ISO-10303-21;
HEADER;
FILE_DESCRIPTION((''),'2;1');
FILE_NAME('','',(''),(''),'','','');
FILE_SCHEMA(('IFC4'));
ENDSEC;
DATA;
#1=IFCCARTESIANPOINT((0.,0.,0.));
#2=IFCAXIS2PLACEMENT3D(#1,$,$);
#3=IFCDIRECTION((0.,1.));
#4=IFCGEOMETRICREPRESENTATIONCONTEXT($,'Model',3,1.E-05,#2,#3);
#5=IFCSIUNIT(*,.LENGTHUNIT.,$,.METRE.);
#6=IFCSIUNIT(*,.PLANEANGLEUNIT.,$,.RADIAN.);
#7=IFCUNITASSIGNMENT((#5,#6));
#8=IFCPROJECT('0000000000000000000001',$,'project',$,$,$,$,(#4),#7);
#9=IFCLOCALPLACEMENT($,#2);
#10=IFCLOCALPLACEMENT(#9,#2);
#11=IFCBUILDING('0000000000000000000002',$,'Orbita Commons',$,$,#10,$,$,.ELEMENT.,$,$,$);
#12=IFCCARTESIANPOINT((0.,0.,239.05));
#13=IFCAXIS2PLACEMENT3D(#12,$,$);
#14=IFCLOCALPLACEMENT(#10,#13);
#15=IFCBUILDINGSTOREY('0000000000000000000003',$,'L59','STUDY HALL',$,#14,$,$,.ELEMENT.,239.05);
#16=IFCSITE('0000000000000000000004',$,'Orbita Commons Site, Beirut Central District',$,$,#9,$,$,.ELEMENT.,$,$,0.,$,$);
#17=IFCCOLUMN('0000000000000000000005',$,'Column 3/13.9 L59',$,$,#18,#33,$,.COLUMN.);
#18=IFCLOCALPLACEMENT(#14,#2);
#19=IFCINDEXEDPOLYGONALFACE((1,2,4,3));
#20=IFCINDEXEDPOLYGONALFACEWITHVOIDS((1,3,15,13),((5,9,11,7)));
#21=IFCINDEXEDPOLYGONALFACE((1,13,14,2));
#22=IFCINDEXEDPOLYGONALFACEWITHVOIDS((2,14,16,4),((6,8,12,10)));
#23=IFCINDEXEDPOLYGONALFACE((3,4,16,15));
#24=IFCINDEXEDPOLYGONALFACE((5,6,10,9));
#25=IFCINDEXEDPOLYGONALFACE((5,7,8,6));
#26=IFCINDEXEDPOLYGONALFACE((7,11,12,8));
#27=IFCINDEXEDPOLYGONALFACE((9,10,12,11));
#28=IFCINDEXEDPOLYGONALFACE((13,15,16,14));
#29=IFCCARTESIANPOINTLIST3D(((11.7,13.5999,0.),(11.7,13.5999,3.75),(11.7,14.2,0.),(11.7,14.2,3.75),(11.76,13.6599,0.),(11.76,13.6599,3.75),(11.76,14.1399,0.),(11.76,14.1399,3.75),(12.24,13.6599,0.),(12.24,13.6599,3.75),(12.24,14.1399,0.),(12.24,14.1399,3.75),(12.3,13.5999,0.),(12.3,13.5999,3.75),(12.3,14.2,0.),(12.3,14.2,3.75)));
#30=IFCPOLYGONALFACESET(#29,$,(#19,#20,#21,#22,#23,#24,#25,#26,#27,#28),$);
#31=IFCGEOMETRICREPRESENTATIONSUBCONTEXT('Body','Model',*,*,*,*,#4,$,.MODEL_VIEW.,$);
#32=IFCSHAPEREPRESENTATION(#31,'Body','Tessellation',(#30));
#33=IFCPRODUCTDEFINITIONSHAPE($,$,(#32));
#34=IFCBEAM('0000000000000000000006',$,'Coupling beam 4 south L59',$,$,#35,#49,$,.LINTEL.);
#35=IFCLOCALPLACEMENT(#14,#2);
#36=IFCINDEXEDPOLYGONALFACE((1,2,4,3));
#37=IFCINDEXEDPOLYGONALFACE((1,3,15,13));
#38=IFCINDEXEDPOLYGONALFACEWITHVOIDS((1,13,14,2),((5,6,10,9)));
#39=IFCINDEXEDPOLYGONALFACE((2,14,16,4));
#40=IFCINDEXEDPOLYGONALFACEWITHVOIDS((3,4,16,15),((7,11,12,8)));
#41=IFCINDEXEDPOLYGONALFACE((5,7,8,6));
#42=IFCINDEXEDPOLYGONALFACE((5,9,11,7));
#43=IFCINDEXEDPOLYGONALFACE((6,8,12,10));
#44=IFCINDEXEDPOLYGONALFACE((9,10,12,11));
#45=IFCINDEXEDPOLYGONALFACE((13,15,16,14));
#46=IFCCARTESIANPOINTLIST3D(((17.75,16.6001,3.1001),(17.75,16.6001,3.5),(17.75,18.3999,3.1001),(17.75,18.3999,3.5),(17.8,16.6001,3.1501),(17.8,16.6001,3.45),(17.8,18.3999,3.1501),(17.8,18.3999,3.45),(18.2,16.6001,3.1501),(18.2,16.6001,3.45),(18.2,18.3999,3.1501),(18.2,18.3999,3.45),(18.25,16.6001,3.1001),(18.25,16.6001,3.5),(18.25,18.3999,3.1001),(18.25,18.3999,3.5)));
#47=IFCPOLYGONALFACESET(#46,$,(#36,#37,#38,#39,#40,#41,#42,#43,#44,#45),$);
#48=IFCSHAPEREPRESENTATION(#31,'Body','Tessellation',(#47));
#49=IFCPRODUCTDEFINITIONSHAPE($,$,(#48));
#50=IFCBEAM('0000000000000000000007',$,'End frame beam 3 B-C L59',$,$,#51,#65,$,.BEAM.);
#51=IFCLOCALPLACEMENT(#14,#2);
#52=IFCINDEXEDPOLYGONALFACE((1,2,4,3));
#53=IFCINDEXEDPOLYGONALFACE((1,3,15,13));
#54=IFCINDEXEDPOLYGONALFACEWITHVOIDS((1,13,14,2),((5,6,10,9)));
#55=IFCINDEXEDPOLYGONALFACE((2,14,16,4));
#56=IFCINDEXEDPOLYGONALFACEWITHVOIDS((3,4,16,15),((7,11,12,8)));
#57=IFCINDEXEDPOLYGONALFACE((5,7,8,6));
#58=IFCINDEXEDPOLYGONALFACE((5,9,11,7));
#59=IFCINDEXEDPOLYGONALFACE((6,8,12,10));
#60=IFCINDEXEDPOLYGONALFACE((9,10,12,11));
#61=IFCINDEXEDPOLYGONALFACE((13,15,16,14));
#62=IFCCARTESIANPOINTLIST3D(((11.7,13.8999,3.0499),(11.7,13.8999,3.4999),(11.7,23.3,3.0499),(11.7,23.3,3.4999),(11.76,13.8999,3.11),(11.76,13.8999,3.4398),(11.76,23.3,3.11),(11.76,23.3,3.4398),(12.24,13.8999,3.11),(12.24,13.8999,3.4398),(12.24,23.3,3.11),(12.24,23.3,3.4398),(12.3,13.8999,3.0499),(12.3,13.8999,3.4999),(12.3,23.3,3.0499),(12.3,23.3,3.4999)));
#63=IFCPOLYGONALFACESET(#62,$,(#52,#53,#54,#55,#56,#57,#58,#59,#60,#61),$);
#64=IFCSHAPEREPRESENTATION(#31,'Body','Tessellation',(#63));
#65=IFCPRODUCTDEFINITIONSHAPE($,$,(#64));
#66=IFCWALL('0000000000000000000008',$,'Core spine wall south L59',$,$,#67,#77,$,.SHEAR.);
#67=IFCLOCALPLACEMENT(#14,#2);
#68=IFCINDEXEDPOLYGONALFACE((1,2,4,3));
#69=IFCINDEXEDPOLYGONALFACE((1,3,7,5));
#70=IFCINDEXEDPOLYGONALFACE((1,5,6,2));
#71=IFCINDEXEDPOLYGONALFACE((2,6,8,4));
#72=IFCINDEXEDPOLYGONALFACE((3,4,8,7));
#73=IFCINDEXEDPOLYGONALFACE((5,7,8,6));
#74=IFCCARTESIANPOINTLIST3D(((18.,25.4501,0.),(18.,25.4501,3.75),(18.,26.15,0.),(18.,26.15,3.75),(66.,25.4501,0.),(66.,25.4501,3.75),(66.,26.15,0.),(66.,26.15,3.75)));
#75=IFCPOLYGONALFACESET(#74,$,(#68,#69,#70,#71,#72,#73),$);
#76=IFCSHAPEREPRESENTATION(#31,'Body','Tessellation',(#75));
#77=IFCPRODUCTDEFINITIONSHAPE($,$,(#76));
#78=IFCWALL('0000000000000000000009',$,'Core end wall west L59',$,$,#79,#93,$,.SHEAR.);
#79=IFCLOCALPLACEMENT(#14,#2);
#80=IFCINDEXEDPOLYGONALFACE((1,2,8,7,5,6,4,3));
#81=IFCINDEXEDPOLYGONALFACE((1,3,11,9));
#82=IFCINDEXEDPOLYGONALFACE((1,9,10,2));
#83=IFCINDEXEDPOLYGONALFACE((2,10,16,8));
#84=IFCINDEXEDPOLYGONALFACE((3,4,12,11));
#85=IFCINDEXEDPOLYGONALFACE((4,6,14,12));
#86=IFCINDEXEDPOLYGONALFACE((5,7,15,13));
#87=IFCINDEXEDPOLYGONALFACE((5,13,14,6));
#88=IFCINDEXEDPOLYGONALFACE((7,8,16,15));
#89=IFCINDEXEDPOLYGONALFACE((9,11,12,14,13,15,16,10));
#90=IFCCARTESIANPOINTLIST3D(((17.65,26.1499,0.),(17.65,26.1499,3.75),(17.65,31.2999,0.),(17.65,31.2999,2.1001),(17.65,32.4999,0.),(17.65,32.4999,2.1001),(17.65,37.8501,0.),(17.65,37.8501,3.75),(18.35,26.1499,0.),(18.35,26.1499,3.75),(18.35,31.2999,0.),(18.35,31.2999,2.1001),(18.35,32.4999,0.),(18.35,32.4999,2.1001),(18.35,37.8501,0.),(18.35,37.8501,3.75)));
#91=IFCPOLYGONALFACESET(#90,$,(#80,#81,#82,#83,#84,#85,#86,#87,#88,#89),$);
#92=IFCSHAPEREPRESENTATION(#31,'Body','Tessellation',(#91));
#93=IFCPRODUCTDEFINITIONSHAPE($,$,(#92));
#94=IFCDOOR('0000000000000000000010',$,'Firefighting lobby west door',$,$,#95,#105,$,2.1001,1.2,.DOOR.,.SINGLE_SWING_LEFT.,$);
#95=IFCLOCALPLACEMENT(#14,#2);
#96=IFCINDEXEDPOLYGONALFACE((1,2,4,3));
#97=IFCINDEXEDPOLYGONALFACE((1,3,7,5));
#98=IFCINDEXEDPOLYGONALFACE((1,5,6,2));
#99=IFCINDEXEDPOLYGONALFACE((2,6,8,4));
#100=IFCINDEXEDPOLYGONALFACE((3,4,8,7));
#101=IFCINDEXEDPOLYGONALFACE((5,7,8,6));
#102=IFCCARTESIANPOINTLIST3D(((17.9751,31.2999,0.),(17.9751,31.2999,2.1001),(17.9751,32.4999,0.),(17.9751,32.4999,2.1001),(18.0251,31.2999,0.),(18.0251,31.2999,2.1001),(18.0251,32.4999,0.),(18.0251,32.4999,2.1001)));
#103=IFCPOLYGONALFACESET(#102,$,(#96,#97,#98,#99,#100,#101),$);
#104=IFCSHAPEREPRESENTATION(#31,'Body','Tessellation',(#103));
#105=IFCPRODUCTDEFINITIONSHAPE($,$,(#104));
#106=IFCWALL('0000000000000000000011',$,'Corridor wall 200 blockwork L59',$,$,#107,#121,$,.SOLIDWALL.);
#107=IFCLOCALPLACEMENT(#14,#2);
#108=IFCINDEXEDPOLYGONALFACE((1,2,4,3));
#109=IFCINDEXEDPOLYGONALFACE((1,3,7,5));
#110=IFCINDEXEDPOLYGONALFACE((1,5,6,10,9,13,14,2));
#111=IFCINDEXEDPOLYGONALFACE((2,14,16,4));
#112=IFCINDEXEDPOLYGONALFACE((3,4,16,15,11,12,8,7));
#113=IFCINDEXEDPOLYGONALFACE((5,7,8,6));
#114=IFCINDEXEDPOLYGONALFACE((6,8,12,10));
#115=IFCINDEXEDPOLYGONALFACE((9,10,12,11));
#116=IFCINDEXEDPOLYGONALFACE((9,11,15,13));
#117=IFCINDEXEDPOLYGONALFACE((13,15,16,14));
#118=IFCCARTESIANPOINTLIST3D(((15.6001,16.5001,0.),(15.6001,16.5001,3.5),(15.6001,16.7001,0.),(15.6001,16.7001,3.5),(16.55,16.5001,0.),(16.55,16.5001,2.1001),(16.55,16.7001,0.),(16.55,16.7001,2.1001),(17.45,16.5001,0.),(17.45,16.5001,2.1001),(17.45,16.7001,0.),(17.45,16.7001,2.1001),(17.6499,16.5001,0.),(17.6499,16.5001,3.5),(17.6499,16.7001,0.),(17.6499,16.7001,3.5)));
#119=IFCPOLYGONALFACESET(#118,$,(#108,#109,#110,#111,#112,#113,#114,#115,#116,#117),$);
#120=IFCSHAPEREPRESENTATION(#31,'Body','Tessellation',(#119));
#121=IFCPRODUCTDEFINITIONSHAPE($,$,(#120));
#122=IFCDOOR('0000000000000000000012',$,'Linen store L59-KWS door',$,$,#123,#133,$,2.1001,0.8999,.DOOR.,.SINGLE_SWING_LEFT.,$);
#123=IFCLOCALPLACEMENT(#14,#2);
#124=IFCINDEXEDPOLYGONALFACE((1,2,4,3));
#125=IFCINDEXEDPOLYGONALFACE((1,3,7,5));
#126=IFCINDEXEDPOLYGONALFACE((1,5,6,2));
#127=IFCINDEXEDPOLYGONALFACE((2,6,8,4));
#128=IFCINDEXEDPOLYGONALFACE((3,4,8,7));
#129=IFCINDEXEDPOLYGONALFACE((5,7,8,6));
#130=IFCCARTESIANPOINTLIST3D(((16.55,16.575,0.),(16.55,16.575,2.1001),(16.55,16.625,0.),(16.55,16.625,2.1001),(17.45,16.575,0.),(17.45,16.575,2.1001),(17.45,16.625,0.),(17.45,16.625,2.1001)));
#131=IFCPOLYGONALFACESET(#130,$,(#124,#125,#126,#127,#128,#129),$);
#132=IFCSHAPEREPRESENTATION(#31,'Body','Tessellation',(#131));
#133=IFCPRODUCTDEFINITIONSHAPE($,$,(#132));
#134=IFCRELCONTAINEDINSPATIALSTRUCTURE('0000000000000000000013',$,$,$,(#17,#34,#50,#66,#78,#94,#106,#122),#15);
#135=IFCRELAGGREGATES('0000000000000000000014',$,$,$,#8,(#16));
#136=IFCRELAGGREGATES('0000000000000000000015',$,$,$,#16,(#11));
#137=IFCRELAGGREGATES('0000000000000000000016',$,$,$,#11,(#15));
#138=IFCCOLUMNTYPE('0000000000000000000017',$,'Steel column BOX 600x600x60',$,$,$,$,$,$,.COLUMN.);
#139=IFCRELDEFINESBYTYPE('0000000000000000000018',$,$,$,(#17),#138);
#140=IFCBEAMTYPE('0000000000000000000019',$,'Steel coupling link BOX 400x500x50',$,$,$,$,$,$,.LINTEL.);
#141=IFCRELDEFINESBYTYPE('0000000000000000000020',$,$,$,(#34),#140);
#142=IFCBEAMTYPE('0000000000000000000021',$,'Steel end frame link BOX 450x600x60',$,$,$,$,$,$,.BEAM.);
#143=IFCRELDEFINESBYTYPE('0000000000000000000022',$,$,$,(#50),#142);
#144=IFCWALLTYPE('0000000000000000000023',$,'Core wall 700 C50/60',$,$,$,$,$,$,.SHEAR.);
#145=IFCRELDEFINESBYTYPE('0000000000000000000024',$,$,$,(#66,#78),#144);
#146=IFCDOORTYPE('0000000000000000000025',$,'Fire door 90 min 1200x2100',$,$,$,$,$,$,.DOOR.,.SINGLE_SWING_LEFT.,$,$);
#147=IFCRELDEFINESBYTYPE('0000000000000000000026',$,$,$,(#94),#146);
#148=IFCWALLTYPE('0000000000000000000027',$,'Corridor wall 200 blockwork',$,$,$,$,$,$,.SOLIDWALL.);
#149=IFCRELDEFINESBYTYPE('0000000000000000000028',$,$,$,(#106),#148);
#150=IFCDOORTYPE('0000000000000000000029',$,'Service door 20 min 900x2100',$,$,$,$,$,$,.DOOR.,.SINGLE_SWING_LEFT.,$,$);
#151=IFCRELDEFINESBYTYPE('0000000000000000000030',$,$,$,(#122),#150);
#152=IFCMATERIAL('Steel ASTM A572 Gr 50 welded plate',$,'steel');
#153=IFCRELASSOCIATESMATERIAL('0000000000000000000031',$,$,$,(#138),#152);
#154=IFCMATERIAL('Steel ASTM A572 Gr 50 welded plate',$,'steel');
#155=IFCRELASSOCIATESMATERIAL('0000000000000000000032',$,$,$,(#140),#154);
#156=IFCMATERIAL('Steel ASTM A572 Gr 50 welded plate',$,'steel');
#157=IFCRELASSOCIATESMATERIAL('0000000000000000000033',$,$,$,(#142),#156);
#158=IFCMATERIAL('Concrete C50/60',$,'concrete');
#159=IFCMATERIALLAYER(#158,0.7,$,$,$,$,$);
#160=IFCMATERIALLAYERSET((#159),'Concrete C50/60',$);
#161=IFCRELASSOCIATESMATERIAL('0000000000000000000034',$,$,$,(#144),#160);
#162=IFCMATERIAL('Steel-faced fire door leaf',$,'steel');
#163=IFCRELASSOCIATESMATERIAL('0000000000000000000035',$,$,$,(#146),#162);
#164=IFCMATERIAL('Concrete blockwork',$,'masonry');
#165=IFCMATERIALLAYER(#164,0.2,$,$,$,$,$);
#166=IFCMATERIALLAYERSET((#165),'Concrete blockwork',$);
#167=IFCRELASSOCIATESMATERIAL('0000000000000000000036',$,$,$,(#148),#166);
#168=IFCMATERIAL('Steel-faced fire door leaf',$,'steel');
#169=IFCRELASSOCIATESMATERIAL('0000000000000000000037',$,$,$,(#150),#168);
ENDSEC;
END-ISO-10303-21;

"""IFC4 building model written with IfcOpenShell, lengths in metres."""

from ifc_helpers import new_model, si_unit, direction, frame, frame_2d, origin, origin_2d, place, context, subcontext, project, spatial, rectangle, hollow_rectangle, extrude, material, layer, layer_set, material_profile, profile_set, type_object, element, fill, save


model = new_model("IFC4")

# Units and contexts
model_context = context("Model", 3, precision=1e-05, world=origin(), true_north=direction((0.0, 1.0)))
body_context = subcontext(model_context, "Body", "Model", "MODEL_VIEW")
ifc_project = project(units=[si_unit("LENGTHUNIT", "METRE"), si_unit("PLANEANGLEUNIT", "RADIAN")], contexts=[model_context])

# Site, building, storey
site_placement = place(None, origin())
site = spatial("IfcSite", under=ifc_project, at=site_placement, Name="Orbita Commons Site, Beirut Central District", CompositionType="ELEMENT", RefElevation=0.0)
building_placement = place(site_placement, origin())
building = spatial("IfcBuilding", under=site, at=building_placement, Name="Orbita Commons", CompositionType="ELEMENT")
storey_placement = place(building_placement, frame((0.0, 0.0, 239.05)))
storey = spatial("IfcBuildingStorey", under=building, at=storey_placement, Name="L59", Description="STUDY HALL", CompositionType="ELEMENT", Elevation=239.05)

# Column
ifc_material_1 = material(Name="Steel ASTM A572 Gr 50 welded plate", Category="steel")
ifc_material_profile_1 = material_profile(ifc_material_1, hollow_rectangle(XDim=0.6001, YDim=0.6001, WallThickness=0.0601, at=origin_2d()), Name="BOX 600x600x60")
ifc_profile_set_1 = profile_set([ifc_material_profile_1], Name="Steel ASTM A572 Gr 50 welded plate")
column_type = type_object("IfcColumnType", Name="Steel column BOX 600x600x60", PredefinedType="COLUMN", material=ifc_profile_set_1)
column_placement = place(storey_placement, frame((12.0, 13.8999, 0.0), z_axis=(0.0, 0.0, 1.0), x_axis=(1.0, 0.0, 0.0)))
element("IfcColumn", 1, at=column_placement, inside=storey, type_object=column_type, Name="Column 3/13.9 L59", PredefinedType="COLUMN", context=body_context, shape_type="SweptSolid", body=[
    extrude(hollow_rectangle(XDim=0.6001, YDim=0.6001, WallThickness=0.0601, at=origin_2d()), origin(), (0.0, 0.0, 1.0), 3.75),
])

# Beams
ifc_material_2 = material(Name="Steel ASTM A572 Gr 50 welded plate", Category="steel")
ifc_material_profile_2 = material_profile(ifc_material_2, hollow_rectangle(XDim=0.5, YDim=0.3999, WallThickness=0.05, at=origin_2d()), Name="BOX 400x500x50")
ifc_profile_set_2 = profile_set([ifc_material_profile_2], Name="Steel ASTM A572 Gr 50 welded plate")
beam_type_1 = type_object("IfcBeamType", Name="Steel coupling link BOX 400x500x50", PredefinedType="LINTEL", material=ifc_profile_set_2)
beam_1_placement = place(storey_placement, frame((18.0, 16.6001, 3.3), z_axis=(0.0, 1.0, 0.0), x_axis=(-1.0, 0.0, 0.0)))
element("IfcBeam", 2, at=beam_1_placement, inside=storey, type_object=beam_type_1, Name="Coupling beam 4 south L59", PredefinedType="LINTEL", context=body_context, shape_type="SweptSolid", body=[
    extrude(hollow_rectangle(XDim=0.5, YDim=0.3999, WallThickness=0.05, at=origin_2d()), origin(), (0.0, 0.0, 1.0), 1.7998),
])
ifc_material_3 = material(Name="Steel ASTM A572 Gr 50 welded plate", Category="steel")
ifc_material_profile_3 = material_profile(ifc_material_3, hollow_rectangle(XDim=0.6001, YDim=0.45, WallThickness=0.0601, at=origin_2d()), Name="BOX 450x600x60")
ifc_profile_set_3 = profile_set([ifc_material_profile_3], Name="Steel ASTM A572 Gr 50 welded plate")
beam_type_2 = type_object("IfcBeamType", Name="Steel end frame link BOX 450x600x60", PredefinedType="BEAM", material=ifc_profile_set_3)
beam_2_placement = place(storey_placement, frame((12.0, 13.8999, 3.2749), z_axis=(0.0, 1.0, 0.0), x_axis=(-1.0, 0.0, 0.0)))
element("IfcBeam", 3, at=beam_2_placement, inside=storey, type_object=beam_type_2, Name="End frame beam 3 B-C L59", PredefinedType="BEAM", context=body_context, shape_type="SweptSolid", body=[
    extrude(hollow_rectangle(XDim=0.6001, YDim=0.45, WallThickness=0.0601, at=origin_2d()), origin(), (0.0, 0.0, 1.0), 9.4001),
])

# Wall
ifc_material_4 = material(Name="Concrete C50/60", Category="concrete")
ifc_layer_1 = layer(ifc_material_4, 0.7)
ifc_layer_set_1 = layer_set([ifc_layer_1], Name="Concrete C50/60")
wall_type_1 = type_object("IfcWallType", Name="Core wall 700 C50/60", PredefinedType="SHEAR", material=ifc_layer_set_1)
wall_1_placement = place(storey_placement, frame((18.0, 25.8, 0.0), z_axis=(0.0, 0.0, 1.0), x_axis=(1.0, 0.0, 0.0)))
element("IfcWall", 4, at=wall_1_placement, inside=storey, type_object=wall_type_1, Name="Core spine wall south L59", PredefinedType="SHEAR", context=body_context, shape_type="SweptSolid", body=[
    extrude(rectangle(XDim=48.0, YDim=0.7, at=frame_2d((24.0, 0.0))), origin(), (0.0, 0.0, 1.0), 3.75),
])

# Walls, openings, doors
wall_2_placement = place(storey_placement, frame((18.0, 26.1499, 0.0), z_axis=(0.0, 0.0, 1.0), x_axis=(0.0, 1.0, 0.0)))
wall_2 = element("IfcWall", 5, at=wall_2_placement, inside=storey, type_object=wall_type_1, Name="Core end wall west L59", PredefinedType="SHEAR", context=body_context, shape_type="SweptSolid", body=[
    extrude(rectangle(XDim=11.7002, YDim=0.7, at=frame_2d((5.8501, 0.0))), origin(), (0.0, 0.0, 1.0), 3.75),
])
opening_1_placement = place(wall_2_placement, frame((5.1499, 0.0, 0.0)))
opening_1 = element("IfcOpeningElement", 6, at=opening_1_placement, cuts=wall_2, PredefinedType="OPENING", context=body_context, shape_type="SweptSolid", body=[
    extrude(rectangle(XDim=1.2, YDim=2.1001, at=frame_2d((0.6001, 1.05))), frame((0.0, 0.3599, 0.0), z_axis=(0.0, -1.0, 0.0), x_axis=(1.0, 0.0, 0.0)), (0.0, 0.0, 1.0), 0.72),
])
ifc_material_5 = material(Name="Steel-faced fire door leaf", Category="steel")
door_type_1 = type_object("IfcDoorType", Name="Fire door 90 min 1200x2100", OperationType="SINGLE_SWING_LEFT", PredefinedType="DOOR", material=ifc_material_5)
door_1_placement = place(opening_1_placement, origin())
door_1 = element("IfcDoor", 7, at=door_1_placement, inside=storey, type_object=door_type_1, Name="Firefighting lobby west door", OperationType="SINGLE_SWING_LEFT", OverallHeight=2.1001, OverallWidth=1.2, PredefinedType="DOOR", context=body_context, shape_type="SweptSolid", body=[
    extrude(rectangle(XDim=1.2, YDim=2.1001, at=frame_2d((0.6001, 1.05))), frame((0.0, 0.0249, 0.0), z_axis=(0.0, -1.0, 0.0), x_axis=(1.0, 0.0, 0.0)), (0.0, 0.0, 1.0), 0.05),
])
fill(opening_1, door_1)
ifc_material_6 = material(Name="Concrete blockwork", Category="masonry")
ifc_layer_2 = layer(ifc_material_6, 0.2)
ifc_layer_set_2 = layer_set([ifc_layer_2], Name="Concrete blockwork")
wall_type_2 = type_object("IfcWallType", Name="Corridor wall 200 blockwork", PredefinedType="SOLIDWALL", material=ifc_layer_set_2)
wall_3_placement = place(storey_placement, frame((15.6001, 16.6001, 0.0), z_axis=(0.0, 0.0, 1.0), x_axis=(1.0, 0.0, 0.0)))
wall_3 = element("IfcWall", 8, at=wall_3_placement, inside=storey, type_object=wall_type_2, Name="Corridor wall 200 blockwork L59", PredefinedType="SOLIDWALL", context=body_context, shape_type="SweptSolid", body=[
    extrude(rectangle(XDim=2.0498, YDim=0.2, at=frame_2d((1.0249, 0.0))), origin(), (0.0, 0.0, 1.0), 3.5),
])
opening_2_placement = place(wall_3_placement, frame((0.95, 0.0, 0.0)))
opening_2 = element("IfcOpeningElement", 9, at=opening_2_placement, cuts=wall_3, PredefinedType="OPENING", context=body_context, shape_type="SweptSolid", body=[
    extrude(rectangle(XDim=0.8999, YDim=2.1001, at=frame_2d((0.45, 1.05))), frame((0.0, 0.1099, 0.0), z_axis=(0.0, -1.0, 0.0), x_axis=(1.0, 0.0, 0.0)), (0.0, 0.0, 1.0), 0.22),
])
ifc_material_7 = material(Name="Steel-faced fire door leaf", Category="steel")
door_type_2 = type_object("IfcDoorType", Name="Service door 20 min 900x2100", OperationType="SINGLE_SWING_LEFT", PredefinedType="DOOR", material=ifc_material_7)
door_2_placement = place(opening_2_placement, origin())
door_2 = element("IfcDoor", 10, at=door_2_placement, inside=storey, type_object=door_type_2, Name="Linen store L59-KWS door", OperationType="SINGLE_SWING_LEFT", OverallHeight=2.1001, OverallWidth=0.8999, PredefinedType="DOOR", context=body_context, shape_type="SweptSolid", body=[
    extrude(rectangle(XDim=0.8999, YDim=2.1001, at=frame_2d((0.45, 1.05))), frame((0.0, 0.0249, 0.0), z_axis=(0.0, -1.0, 0.0), x_axis=(1.0, 0.0, 0.0)), (0.0, 0.0, 1.0), 0.05),
])
fill(opening_2, door_2)

save(model, "model.ifc")
